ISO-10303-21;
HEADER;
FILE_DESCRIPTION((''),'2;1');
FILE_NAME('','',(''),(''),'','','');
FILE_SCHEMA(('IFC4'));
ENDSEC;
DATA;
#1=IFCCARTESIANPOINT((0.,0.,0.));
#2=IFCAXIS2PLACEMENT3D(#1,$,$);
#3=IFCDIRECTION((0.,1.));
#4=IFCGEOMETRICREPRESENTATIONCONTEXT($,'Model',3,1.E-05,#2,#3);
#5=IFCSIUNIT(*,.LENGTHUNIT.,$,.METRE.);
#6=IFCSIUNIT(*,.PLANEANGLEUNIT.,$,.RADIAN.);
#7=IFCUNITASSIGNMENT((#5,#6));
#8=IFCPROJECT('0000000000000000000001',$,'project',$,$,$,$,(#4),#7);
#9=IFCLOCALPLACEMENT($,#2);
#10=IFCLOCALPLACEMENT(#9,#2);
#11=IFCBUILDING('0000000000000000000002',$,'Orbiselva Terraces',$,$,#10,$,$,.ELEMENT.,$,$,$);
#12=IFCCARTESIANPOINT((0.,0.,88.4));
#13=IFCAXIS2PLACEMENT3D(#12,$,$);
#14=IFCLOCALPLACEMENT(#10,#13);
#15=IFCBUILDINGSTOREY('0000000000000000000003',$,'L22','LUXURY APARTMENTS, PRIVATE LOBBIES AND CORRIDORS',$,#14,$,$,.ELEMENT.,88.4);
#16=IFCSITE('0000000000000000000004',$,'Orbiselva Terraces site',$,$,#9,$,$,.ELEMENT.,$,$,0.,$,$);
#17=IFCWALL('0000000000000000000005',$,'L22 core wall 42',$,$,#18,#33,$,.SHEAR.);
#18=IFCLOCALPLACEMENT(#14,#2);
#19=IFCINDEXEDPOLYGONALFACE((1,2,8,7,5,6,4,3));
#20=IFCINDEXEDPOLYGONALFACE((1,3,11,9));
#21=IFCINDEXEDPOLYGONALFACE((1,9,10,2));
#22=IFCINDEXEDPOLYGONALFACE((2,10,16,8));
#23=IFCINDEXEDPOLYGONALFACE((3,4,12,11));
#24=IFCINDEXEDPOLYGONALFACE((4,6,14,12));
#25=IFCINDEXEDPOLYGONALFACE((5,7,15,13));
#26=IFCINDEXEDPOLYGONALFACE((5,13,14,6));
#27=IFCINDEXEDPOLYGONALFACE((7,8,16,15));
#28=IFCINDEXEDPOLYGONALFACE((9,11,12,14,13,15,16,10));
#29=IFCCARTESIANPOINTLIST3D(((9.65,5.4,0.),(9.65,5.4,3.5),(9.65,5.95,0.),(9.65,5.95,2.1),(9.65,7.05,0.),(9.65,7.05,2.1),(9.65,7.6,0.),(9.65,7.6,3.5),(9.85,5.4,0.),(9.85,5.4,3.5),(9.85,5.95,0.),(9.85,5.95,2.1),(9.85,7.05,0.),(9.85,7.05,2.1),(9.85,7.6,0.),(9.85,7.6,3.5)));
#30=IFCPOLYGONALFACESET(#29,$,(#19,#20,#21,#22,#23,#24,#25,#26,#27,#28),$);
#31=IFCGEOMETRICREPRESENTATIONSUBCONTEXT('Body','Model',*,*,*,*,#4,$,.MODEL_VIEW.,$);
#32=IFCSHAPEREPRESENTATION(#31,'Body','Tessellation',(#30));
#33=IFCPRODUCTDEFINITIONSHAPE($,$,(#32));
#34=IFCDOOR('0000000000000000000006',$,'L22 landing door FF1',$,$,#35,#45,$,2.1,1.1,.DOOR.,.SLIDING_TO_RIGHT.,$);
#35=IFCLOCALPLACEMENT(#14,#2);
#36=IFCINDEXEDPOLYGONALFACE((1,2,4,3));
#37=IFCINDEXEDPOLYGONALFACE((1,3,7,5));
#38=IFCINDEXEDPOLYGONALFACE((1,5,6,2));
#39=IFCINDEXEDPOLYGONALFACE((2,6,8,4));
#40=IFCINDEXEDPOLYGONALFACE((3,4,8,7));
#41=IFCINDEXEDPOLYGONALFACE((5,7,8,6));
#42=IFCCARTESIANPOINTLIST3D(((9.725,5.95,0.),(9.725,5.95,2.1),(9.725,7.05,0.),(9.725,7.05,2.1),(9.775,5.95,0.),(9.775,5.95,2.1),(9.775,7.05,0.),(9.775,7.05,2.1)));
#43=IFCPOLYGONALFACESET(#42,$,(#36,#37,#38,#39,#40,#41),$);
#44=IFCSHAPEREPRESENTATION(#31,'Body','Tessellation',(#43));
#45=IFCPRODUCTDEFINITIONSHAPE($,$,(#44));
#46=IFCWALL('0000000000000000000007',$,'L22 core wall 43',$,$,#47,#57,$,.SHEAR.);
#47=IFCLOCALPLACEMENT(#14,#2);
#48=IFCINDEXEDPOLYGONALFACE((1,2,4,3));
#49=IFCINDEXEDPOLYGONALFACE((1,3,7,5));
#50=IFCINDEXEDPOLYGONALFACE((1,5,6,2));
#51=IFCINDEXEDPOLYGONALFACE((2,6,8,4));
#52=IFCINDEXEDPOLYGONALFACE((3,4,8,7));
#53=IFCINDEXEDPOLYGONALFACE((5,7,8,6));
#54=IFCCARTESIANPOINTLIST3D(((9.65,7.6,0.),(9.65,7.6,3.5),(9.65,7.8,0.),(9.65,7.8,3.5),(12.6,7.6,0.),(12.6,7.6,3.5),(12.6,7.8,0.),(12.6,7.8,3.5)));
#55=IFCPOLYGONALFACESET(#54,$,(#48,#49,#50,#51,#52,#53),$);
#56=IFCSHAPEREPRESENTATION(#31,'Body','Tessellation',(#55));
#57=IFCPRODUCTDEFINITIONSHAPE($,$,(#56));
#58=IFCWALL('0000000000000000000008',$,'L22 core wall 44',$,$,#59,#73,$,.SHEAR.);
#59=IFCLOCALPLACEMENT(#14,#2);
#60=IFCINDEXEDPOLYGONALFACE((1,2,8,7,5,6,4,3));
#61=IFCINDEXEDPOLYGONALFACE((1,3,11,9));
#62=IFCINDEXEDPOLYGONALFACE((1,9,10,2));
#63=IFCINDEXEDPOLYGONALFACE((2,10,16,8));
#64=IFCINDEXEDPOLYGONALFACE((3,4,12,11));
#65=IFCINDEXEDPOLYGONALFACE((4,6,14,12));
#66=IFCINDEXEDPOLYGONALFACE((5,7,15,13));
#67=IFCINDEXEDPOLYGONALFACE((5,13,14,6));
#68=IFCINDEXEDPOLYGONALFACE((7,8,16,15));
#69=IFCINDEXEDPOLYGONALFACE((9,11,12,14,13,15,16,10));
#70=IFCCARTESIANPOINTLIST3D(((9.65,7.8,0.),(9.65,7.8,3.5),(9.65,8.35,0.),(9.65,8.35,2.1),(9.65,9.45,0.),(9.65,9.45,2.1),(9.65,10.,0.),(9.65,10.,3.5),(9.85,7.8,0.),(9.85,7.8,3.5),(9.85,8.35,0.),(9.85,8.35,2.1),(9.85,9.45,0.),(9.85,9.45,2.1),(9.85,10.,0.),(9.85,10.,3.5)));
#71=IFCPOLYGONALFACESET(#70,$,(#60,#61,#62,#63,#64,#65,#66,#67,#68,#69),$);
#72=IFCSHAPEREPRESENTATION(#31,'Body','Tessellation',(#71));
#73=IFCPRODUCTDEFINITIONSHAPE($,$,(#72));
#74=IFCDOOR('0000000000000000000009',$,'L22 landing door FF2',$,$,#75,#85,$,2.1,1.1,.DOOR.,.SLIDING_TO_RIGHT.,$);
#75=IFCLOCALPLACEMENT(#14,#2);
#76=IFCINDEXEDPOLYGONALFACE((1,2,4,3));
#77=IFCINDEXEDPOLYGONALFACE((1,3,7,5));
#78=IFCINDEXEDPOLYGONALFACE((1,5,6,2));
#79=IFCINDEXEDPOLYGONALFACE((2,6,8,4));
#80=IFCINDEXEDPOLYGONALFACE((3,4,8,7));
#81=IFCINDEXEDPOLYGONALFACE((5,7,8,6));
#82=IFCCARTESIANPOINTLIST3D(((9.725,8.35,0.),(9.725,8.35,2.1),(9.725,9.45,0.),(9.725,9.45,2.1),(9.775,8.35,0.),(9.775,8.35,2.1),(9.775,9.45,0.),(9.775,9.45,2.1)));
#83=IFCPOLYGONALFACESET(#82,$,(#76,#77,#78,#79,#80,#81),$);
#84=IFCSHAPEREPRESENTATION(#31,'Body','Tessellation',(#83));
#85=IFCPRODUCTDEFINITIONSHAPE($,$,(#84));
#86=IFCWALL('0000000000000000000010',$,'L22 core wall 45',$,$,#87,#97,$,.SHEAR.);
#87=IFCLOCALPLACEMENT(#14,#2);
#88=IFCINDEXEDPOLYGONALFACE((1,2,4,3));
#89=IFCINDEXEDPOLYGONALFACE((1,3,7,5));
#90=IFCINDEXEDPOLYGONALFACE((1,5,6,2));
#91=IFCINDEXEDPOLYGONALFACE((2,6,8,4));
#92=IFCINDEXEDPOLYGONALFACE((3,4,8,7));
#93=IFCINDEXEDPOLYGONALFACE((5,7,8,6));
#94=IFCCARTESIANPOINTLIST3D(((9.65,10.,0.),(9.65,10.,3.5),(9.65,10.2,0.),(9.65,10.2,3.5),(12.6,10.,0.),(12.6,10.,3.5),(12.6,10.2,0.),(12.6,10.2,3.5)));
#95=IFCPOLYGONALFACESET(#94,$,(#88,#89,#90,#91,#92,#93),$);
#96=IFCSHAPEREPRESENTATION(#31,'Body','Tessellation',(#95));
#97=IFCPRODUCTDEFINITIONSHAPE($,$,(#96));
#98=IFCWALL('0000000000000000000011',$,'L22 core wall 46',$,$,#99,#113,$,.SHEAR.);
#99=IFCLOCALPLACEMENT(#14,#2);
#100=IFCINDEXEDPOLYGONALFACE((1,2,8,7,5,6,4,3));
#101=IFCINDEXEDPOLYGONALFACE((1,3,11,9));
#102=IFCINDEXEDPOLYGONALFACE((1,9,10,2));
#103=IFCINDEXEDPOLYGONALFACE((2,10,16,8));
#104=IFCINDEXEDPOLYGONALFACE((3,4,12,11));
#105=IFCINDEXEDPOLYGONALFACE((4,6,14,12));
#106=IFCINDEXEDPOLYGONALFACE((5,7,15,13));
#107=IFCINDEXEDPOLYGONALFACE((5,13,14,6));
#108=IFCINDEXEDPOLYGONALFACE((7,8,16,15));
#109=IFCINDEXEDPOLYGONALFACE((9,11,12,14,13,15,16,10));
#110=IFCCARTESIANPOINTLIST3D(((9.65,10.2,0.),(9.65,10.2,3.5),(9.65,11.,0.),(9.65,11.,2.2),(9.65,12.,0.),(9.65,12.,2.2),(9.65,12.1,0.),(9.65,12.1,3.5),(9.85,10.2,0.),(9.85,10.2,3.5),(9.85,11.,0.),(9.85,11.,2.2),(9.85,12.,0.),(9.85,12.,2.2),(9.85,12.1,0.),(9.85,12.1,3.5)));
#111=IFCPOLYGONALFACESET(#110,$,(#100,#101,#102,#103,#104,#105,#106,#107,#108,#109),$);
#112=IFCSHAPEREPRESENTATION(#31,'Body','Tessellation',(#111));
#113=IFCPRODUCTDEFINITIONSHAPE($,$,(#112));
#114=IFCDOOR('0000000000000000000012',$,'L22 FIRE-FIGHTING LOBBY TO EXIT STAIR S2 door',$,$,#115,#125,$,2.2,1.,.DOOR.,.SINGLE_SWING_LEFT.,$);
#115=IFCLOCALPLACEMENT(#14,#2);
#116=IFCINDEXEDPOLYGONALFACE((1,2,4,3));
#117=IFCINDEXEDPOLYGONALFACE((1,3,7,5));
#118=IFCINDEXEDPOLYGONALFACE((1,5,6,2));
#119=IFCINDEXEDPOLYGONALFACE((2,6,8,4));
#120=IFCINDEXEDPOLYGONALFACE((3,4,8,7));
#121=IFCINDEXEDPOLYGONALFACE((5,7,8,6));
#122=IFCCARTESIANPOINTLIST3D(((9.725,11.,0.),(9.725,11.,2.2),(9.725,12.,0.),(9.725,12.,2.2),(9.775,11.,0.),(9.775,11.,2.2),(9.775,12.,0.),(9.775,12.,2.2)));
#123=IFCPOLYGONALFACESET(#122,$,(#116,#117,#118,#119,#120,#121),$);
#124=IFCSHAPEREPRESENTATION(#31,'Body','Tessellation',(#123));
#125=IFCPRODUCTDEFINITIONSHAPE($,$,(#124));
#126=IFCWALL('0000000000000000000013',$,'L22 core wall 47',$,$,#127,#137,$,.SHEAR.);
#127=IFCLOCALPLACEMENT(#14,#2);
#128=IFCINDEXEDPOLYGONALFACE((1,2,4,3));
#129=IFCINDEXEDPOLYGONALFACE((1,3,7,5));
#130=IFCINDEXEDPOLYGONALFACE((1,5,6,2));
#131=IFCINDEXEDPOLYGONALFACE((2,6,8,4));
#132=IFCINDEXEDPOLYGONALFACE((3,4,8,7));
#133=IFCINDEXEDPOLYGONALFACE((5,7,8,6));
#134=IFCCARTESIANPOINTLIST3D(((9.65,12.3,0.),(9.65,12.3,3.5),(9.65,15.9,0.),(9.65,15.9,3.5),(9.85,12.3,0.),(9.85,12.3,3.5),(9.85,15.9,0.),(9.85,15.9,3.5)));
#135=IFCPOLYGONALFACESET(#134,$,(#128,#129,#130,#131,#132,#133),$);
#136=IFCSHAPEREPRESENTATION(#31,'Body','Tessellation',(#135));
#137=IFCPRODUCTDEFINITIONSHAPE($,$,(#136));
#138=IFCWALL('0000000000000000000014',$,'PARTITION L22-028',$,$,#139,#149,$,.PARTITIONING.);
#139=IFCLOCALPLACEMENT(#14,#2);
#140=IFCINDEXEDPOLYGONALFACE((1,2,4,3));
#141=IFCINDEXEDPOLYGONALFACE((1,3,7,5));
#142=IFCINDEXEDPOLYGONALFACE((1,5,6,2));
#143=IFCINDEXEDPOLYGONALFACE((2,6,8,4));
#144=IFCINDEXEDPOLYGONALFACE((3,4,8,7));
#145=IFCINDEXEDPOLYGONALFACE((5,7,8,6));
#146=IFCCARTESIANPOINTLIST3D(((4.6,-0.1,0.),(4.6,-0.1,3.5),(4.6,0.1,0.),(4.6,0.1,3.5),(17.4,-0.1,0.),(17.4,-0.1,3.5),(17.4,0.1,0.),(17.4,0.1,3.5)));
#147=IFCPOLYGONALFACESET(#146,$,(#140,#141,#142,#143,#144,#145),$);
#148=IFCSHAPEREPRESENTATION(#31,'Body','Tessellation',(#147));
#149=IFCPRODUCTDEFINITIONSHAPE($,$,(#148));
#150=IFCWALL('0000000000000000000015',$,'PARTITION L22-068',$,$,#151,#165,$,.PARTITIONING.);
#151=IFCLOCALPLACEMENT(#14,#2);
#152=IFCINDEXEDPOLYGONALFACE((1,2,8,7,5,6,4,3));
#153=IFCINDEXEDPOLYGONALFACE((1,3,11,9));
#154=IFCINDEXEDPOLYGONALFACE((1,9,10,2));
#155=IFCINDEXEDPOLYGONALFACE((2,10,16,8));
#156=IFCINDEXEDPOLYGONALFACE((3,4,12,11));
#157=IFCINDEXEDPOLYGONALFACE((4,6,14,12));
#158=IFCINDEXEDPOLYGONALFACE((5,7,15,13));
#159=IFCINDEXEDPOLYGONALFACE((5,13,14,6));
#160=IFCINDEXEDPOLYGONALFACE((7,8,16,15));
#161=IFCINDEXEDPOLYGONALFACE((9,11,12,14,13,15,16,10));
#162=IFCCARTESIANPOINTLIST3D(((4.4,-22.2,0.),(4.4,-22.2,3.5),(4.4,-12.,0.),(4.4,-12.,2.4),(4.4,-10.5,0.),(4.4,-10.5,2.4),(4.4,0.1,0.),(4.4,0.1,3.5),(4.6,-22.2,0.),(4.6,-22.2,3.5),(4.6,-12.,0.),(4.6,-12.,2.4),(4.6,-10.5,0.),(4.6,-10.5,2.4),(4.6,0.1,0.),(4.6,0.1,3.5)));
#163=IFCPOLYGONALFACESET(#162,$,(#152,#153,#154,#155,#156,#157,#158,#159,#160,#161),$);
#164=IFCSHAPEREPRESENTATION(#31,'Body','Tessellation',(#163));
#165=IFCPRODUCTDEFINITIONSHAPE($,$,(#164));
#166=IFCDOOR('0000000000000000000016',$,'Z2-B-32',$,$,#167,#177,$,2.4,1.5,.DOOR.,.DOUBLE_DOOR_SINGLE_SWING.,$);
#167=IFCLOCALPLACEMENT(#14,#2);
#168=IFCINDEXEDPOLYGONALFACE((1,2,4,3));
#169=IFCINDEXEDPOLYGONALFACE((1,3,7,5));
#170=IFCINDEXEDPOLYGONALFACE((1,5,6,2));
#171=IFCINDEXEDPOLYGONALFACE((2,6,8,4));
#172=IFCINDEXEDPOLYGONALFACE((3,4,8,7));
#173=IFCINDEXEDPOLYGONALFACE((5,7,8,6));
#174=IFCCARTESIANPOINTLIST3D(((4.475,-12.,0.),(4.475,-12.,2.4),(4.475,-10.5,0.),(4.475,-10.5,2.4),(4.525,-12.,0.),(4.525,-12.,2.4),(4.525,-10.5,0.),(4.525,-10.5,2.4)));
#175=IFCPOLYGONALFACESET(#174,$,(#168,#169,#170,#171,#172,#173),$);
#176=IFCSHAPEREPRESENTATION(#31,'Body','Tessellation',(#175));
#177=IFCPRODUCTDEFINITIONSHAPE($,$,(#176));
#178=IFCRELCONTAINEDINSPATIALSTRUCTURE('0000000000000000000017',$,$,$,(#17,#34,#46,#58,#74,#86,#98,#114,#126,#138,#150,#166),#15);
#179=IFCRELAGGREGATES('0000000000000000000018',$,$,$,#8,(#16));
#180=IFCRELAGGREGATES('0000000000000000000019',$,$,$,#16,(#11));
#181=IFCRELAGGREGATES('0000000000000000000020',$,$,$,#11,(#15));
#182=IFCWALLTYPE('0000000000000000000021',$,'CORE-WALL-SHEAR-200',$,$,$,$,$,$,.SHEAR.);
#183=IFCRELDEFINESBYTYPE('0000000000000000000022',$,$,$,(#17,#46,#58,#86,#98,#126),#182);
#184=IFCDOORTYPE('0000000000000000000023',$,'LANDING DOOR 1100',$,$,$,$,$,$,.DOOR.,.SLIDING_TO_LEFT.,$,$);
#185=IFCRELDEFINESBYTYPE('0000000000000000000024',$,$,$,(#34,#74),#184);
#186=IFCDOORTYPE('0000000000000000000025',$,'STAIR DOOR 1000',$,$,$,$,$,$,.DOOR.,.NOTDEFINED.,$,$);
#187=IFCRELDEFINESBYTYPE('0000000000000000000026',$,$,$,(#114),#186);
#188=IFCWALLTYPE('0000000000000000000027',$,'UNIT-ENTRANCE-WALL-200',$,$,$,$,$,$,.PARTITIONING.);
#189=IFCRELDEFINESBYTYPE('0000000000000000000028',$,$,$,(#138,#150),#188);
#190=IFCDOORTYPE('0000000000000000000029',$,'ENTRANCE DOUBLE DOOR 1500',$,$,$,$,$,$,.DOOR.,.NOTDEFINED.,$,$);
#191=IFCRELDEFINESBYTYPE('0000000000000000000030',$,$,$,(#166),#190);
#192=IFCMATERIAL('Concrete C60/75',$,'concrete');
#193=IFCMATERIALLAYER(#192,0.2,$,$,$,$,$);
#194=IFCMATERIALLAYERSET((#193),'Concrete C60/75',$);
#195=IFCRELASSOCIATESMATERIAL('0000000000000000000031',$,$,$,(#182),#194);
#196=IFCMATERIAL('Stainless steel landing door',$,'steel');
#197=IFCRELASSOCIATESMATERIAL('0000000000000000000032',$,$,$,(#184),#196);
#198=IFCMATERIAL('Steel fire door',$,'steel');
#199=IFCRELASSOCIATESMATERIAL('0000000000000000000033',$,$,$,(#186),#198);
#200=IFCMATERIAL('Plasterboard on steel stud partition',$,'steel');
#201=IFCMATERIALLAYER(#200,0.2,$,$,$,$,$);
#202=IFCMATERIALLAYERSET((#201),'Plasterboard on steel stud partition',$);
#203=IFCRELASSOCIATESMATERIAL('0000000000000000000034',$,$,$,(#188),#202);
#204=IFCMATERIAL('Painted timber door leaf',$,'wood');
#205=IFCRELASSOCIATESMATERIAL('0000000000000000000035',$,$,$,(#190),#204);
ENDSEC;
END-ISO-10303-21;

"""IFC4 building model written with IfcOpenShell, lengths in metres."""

from ifc_helpers import new_model, si_unit, direction, frame, frame_2d, origin, place, context, subcontext, project, spatial, rectangle, extrude, material, layer, layer_set, type_object, element, fill, save


model = new_model("IFC4")

# Units and contexts
model_context = context("Model", 3, precision=1e-05, world=origin(), true_north=direction((0.0, 1.0)))
body_context = subcontext(model_context, "Body", "Model", "MODEL_VIEW")
ifc_project = project(units=[si_unit("LENGTHUNIT", "METRE"), si_unit("PLANEANGLEUNIT", "RADIAN")], contexts=[model_context])

# Site, building, storey
site_placement = place(None, origin())
site = spatial("IfcSite", under=ifc_project, at=site_placement, Name="Orbiselva Terraces site", CompositionType="ELEMENT", RefElevation=0.0)
building_placement = place(site_placement, origin())
building = spatial("IfcBuilding", under=site, at=building_placement, Name="Orbiselva Terraces", CompositionType="ELEMENT")
storey_placement = place(building_placement, frame((0.0, 0.0, 88.4)))
storey = spatial("IfcBuildingStorey", under=building, at=storey_placement, Name="L22", Description="LUXURY APARTMENTS, PRIVATE LOBBIES AND CORRIDORS", CompositionType="ELEMENT", Elevation=88.4)

# Shared definitions
ifc_material_1 = material(Name="Concrete C60/75", Category="concrete")
ifc_layer_1 = layer(ifc_material_1, 0.2)
ifc_layer_set_1 = layer_set([ifc_layer_1], Name="Concrete C60/75")
wall_type_1 = type_object("IfcWallType", Name="CORE-WALL-SHEAR-200", PredefinedType="SHEAR", material=ifc_layer_set_1)

# Wall, opening, door
wall_1_placement = place(storey_placement, frame((9.75, 5.4, 0.0), z_axis=(0.0, 0.0, 1.0), x_axis=(0.0, 1.0, 0.0)))
wall_1 = element("IfcWall", 1, at=wall_1_placement, inside=storey, type_object=wall_type_1, Name="L22 core wall 42", PredefinedType="SHEAR", context=body_context, shape_type="SweptSolid", body=[
    extrude(rectangle(XDim=2.2, YDim=0.2, at=frame_2d((1.1, 0.0))), origin(), (0.0, 0.0, 1.0), 3.5),
])
opening_1_placement = place(wall_1_placement, frame((0.55, 0.0, 0.0)))
opening_1 = element("IfcOpeningElement", 2, at=opening_1_placement, cuts=wall_1, PredefinedType="OPENING", context=body_context, shape_type="SweptSolid", body=[
    extrude(rectangle(XDim=1.1, YDim=2.1, at=frame_2d((0.55, 1.05))), frame((0.0, 0.11, 0.0), z_axis=(0.0, -1.0, 0.0), x_axis=(1.0, 0.0, 0.0)), (0.0, 0.0, 1.0), 0.22),
])
ifc_material_2 = material(Name="Stainless steel landing door", Category="steel")
door_type_1 = type_object("IfcDoorType", Name="LANDING DOOR 1100", OperationType="SLIDING_TO_LEFT", PredefinedType="DOOR", material=ifc_material_2)
door_1_placement = place(opening_1_placement, origin())
door_1 = element("IfcDoor", 3, at=door_1_placement, inside=storey, type_object=door_type_1, Name="L22 landing door FF1", OperationType="SLIDING_TO_RIGHT", OverallHeight=2.1, OverallWidth=1.1, PredefinedType="DOOR", context=body_context, shape_type="SweptSolid", body=[
    extrude(rectangle(XDim=1.1, YDim=2.1, at=frame_2d((0.55, 1.05))), frame((0.0, 0.025, 0.0), z_axis=(0.0, -1.0, 0.0), x_axis=(1.0, 0.0, 0.0)), (0.0, 0.0, 1.0), 0.05),
])
fill(opening_1, door_1)

# Wall
wall_2_placement = place(storey_placement, frame((9.65, 7.7, 0.0), z_axis=(0.0, 0.0, 1.0), x_axis=(1.0, 0.0, 0.0)))
element("IfcWall", 4, at=wall_2_placement, inside=storey, type_object=wall_type_1, Name="L22 core wall 43", PredefinedType="SHEAR", context=body_context, shape_type="SweptSolid", body=[
    extrude(rectangle(XDim=2.95, YDim=0.2, at=frame_2d((1.475, 0.0))), origin(), (0.0, 0.0, 1.0), 3.5),
])

# Wall, opening, door
wall_3_placement = place(storey_placement, frame((9.75, 7.8, 0.0), z_axis=(0.0, 0.0, 1.0), x_axis=(0.0, 1.0, 0.0)))
wall_3 = element("IfcWall", 5, at=wall_3_placement, inside=storey, type_object=wall_type_1, Name="L22 core wall 44", PredefinedType="SHEAR", context=body_context, shape_type="SweptSolid", body=[
    extrude(rectangle(XDim=2.2, YDim=0.2, at=frame_2d((1.1, 0.0))), origin(), (0.0, 0.0, 1.0), 3.5),
])
opening_2_placement = place(wall_3_placement, frame((0.55, 0.0, 0.0)))
opening_2 = element("IfcOpeningElement", 6, at=opening_2_placement, cuts=wall_3, PredefinedType="OPENING", context=body_context, shape_type="SweptSolid", body=[
    extrude(rectangle(XDim=1.1, YDim=2.1, at=frame_2d((0.55, 1.05))), frame((0.0, 0.11, 0.0), z_axis=(0.0, -1.0, 0.0), x_axis=(1.0, 0.0, 0.0)), (0.0, 0.0, 1.0), 0.22),
])
door_2_placement = place(opening_2_placement, origin())
door_2 = element("IfcDoor", 7, at=door_2_placement, inside=storey, type_object=door_type_1, Name="L22 landing door FF2", OperationType="SLIDING_TO_RIGHT", OverallHeight=2.1, OverallWidth=1.1, PredefinedType="DOOR", context=body_context, shape_type="SweptSolid", body=[
    extrude(rectangle(XDim=1.1, YDim=2.1, at=frame_2d((0.55, 1.05))), frame((0.0, 0.025, 0.0), z_axis=(0.0, -1.0, 0.0), x_axis=(1.0, 0.0, 0.0)), (0.0, 0.0, 1.0), 0.05),
])
fill(opening_2, door_2)

# Wall
wall_4_placement = place(storey_placement, frame((9.65, 10.1, 0.0), z_axis=(0.0, 0.0, 1.0), x_axis=(1.0, 0.0, 0.0)))
element("IfcWall", 8, at=wall_4_placement, inside=storey, type_object=wall_type_1, Name="L22 core wall 45", PredefinedType="SHEAR", context=body_context, shape_type="SweptSolid", body=[
    extrude(rectangle(XDim=2.95, YDim=0.2, at=frame_2d((1.475, 0.0))), origin(), (0.0, 0.0, 1.0), 3.5),
])

# Wall, opening, door
wall_5_placement = place(storey_placement, frame((9.75, 12.1, 0.0), z_axis=(0.0, 0.0, 1.0), x_axis=(0.0, -1.0, 0.0)))
wall_5 = element("IfcWall", 9, at=wall_5_placement, inside=storey, type_object=wall_type_1, Name="L22 core wall 46", PredefinedType="SHEAR", context=body_context, shape_type="SweptSolid", body=[
    extrude(rectangle(XDim=1.9, YDim=0.2, at=frame_2d((0.95, 0.0))), origin(), (0.0, 0.0, 1.0), 3.5),
])
opening_3_placement = place(wall_5_placement, frame((0.1, 0.0, 0.0)))
opening_3 = element("IfcOpeningElement", 10, at=opening_3_placement, cuts=wall_5, PredefinedType="OPENING", context=body_context, shape_type="SweptSolid", body=[
    extrude(rectangle(XDim=1.0, YDim=2.2, at=frame_2d((0.5, 1.1))), frame((0.0, 0.11, 0.0), z_axis=(0.0, -1.0, 0.0), x_axis=(1.0, 0.0, 0.0)), (0.0, 0.0, 1.0), 0.22),
])
ifc_material_3 = material(Name="Steel fire door", Category="steel")
door_type_2 = type_object("IfcDoorType", Name="STAIR DOOR 1000", OperationType="NOTDEFINED", PredefinedType="DOOR", material=ifc_material_3)
door_3_placement = place(opening_3_placement, origin())
door_3 = element("IfcDoor", 11, at=door_3_placement, inside=storey, type_object=door_type_2, Name="L22 FIRE-FIGHTING LOBBY TO EXIT STAIR S2 door", OperationType="SINGLE_SWING_LEFT", OverallHeight=2.2, OverallWidth=1.0, PredefinedType="DOOR", context=body_context, shape_type="SweptSolid", body=[
    extrude(rectangle(XDim=1.0, YDim=2.2, at=frame_2d((0.5, 1.1))), frame((0.0, 0.025, 0.0), z_axis=(0.0, -1.0, 0.0), x_axis=(1.0, 0.0, 0.0)), (0.0, 0.0, 1.0), 0.05),
])
fill(opening_3, door_3)

# Walls
wall_6_placement = place(storey_placement, frame((9.75, 12.3, 0.0), z_axis=(0.0, 0.0, 1.0), x_axis=(0.0, 1.0, 0.0)))
element("IfcWall", 12, at=wall_6_placement, inside=storey, type_object=wall_type_1, Name="L22 core wall 47", PredefinedType="SHEAR", context=body_context, shape_type="SweptSolid", body=[
    extrude(rectangle(XDim=3.6, YDim=0.2, at=frame_2d((1.8, 0.0))), origin(), (0.0, 0.0, 1.0), 3.5),
])
ifc_material_4 = material(Name="Plasterboard on steel stud partition", Category="steel")
ifc_layer_2 = layer(ifc_material_4, 0.2)
ifc_layer_set_2 = layer_set([ifc_layer_2], Name="Plasterboard on steel stud partition")
wall_type_2 = type_object("IfcWallType", Name="UNIT-ENTRANCE-WALL-200", PredefinedType="PARTITIONING", material=ifc_layer_set_2)
wall_7_placement = place(storey_placement, frame((4.6, 0.0, 0.0), z_axis=(0.0, 0.0, 1.0), x_axis=(1.0, 0.0, 0.0)))
element("IfcWall", 13, at=wall_7_placement, inside=storey, type_object=wall_type_2, Name="PARTITION L22-028", PredefinedType="PARTITIONING", context=body_context, shape_type="SweptSolid", body=[
    extrude(rectangle(XDim=12.8, YDim=0.2, at=frame_2d((6.4, 0.0))), origin(), (0.0, 0.0, 1.0), 3.5),
])

# Wall, opening, door
wall_8_placement = place(storey_placement, frame((4.5, 0.1, 0.0), z_axis=(0.0, 0.0, 1.0), x_axis=(0.0, -1.0, 0.0)))
wall_8 = element("IfcWall", 14, at=wall_8_placement, inside=storey, type_object=wall_type_2, Name="PARTITION L22-068", PredefinedType="PARTITIONING", context=body_context, shape_type="SweptSolid", body=[
    extrude(rectangle(XDim=22.3, YDim=0.2, at=frame_2d((11.15, 0.0))), origin(), (0.0, 0.0, 1.0), 3.5),
])
opening_4_placement = place(wall_8_placement, frame((10.6, 0.0, 0.0)))
opening_4 = element("IfcOpeningElement", 15, at=opening_4_placement, cuts=wall_8, PredefinedType="OPENING", context=body_context, shape_type="SweptSolid", body=[
    extrude(rectangle(XDim=1.5, YDim=2.4, at=frame_2d((0.75, 1.2))), frame((0.0, 0.11, 0.0), z_axis=(0.0, -1.0, 0.0), x_axis=(1.0, 0.0, 0.0)), (0.0, 0.0, 1.0), 0.22),
])
ifc_material_5 = material(Name="Painted timber door leaf", Category="wood")
door_type_3 = type_object("IfcDoorType", Name="ENTRANCE DOUBLE DOOR 1500", OperationType="NOTDEFINED", PredefinedType="DOOR", material=ifc_material_5)
door_4_placement = place(opening_4_placement, origin())
door_4 = element("IfcDoor", 16, at=door_4_placement, inside=storey, type_object=door_type_3, Name="Z2-B-32", OperationType="DOUBLE_DOOR_SINGLE_SWING", OverallHeight=2.4, OverallWidth=1.5, PredefinedType="DOOR", context=body_context, shape_type="SweptSolid", body=[
    extrude(rectangle(XDim=1.5, YDim=2.4, at=frame_2d((0.75, 1.2))), frame((0.0, 0.025, 0.0), z_axis=(0.0, -1.0, 0.0), x_axis=(1.0, 0.0, 0.0)), (0.0, 0.0, 1.0), 0.05),
])
fill(opening_4, door_4)

save(model, "model.ifc")
